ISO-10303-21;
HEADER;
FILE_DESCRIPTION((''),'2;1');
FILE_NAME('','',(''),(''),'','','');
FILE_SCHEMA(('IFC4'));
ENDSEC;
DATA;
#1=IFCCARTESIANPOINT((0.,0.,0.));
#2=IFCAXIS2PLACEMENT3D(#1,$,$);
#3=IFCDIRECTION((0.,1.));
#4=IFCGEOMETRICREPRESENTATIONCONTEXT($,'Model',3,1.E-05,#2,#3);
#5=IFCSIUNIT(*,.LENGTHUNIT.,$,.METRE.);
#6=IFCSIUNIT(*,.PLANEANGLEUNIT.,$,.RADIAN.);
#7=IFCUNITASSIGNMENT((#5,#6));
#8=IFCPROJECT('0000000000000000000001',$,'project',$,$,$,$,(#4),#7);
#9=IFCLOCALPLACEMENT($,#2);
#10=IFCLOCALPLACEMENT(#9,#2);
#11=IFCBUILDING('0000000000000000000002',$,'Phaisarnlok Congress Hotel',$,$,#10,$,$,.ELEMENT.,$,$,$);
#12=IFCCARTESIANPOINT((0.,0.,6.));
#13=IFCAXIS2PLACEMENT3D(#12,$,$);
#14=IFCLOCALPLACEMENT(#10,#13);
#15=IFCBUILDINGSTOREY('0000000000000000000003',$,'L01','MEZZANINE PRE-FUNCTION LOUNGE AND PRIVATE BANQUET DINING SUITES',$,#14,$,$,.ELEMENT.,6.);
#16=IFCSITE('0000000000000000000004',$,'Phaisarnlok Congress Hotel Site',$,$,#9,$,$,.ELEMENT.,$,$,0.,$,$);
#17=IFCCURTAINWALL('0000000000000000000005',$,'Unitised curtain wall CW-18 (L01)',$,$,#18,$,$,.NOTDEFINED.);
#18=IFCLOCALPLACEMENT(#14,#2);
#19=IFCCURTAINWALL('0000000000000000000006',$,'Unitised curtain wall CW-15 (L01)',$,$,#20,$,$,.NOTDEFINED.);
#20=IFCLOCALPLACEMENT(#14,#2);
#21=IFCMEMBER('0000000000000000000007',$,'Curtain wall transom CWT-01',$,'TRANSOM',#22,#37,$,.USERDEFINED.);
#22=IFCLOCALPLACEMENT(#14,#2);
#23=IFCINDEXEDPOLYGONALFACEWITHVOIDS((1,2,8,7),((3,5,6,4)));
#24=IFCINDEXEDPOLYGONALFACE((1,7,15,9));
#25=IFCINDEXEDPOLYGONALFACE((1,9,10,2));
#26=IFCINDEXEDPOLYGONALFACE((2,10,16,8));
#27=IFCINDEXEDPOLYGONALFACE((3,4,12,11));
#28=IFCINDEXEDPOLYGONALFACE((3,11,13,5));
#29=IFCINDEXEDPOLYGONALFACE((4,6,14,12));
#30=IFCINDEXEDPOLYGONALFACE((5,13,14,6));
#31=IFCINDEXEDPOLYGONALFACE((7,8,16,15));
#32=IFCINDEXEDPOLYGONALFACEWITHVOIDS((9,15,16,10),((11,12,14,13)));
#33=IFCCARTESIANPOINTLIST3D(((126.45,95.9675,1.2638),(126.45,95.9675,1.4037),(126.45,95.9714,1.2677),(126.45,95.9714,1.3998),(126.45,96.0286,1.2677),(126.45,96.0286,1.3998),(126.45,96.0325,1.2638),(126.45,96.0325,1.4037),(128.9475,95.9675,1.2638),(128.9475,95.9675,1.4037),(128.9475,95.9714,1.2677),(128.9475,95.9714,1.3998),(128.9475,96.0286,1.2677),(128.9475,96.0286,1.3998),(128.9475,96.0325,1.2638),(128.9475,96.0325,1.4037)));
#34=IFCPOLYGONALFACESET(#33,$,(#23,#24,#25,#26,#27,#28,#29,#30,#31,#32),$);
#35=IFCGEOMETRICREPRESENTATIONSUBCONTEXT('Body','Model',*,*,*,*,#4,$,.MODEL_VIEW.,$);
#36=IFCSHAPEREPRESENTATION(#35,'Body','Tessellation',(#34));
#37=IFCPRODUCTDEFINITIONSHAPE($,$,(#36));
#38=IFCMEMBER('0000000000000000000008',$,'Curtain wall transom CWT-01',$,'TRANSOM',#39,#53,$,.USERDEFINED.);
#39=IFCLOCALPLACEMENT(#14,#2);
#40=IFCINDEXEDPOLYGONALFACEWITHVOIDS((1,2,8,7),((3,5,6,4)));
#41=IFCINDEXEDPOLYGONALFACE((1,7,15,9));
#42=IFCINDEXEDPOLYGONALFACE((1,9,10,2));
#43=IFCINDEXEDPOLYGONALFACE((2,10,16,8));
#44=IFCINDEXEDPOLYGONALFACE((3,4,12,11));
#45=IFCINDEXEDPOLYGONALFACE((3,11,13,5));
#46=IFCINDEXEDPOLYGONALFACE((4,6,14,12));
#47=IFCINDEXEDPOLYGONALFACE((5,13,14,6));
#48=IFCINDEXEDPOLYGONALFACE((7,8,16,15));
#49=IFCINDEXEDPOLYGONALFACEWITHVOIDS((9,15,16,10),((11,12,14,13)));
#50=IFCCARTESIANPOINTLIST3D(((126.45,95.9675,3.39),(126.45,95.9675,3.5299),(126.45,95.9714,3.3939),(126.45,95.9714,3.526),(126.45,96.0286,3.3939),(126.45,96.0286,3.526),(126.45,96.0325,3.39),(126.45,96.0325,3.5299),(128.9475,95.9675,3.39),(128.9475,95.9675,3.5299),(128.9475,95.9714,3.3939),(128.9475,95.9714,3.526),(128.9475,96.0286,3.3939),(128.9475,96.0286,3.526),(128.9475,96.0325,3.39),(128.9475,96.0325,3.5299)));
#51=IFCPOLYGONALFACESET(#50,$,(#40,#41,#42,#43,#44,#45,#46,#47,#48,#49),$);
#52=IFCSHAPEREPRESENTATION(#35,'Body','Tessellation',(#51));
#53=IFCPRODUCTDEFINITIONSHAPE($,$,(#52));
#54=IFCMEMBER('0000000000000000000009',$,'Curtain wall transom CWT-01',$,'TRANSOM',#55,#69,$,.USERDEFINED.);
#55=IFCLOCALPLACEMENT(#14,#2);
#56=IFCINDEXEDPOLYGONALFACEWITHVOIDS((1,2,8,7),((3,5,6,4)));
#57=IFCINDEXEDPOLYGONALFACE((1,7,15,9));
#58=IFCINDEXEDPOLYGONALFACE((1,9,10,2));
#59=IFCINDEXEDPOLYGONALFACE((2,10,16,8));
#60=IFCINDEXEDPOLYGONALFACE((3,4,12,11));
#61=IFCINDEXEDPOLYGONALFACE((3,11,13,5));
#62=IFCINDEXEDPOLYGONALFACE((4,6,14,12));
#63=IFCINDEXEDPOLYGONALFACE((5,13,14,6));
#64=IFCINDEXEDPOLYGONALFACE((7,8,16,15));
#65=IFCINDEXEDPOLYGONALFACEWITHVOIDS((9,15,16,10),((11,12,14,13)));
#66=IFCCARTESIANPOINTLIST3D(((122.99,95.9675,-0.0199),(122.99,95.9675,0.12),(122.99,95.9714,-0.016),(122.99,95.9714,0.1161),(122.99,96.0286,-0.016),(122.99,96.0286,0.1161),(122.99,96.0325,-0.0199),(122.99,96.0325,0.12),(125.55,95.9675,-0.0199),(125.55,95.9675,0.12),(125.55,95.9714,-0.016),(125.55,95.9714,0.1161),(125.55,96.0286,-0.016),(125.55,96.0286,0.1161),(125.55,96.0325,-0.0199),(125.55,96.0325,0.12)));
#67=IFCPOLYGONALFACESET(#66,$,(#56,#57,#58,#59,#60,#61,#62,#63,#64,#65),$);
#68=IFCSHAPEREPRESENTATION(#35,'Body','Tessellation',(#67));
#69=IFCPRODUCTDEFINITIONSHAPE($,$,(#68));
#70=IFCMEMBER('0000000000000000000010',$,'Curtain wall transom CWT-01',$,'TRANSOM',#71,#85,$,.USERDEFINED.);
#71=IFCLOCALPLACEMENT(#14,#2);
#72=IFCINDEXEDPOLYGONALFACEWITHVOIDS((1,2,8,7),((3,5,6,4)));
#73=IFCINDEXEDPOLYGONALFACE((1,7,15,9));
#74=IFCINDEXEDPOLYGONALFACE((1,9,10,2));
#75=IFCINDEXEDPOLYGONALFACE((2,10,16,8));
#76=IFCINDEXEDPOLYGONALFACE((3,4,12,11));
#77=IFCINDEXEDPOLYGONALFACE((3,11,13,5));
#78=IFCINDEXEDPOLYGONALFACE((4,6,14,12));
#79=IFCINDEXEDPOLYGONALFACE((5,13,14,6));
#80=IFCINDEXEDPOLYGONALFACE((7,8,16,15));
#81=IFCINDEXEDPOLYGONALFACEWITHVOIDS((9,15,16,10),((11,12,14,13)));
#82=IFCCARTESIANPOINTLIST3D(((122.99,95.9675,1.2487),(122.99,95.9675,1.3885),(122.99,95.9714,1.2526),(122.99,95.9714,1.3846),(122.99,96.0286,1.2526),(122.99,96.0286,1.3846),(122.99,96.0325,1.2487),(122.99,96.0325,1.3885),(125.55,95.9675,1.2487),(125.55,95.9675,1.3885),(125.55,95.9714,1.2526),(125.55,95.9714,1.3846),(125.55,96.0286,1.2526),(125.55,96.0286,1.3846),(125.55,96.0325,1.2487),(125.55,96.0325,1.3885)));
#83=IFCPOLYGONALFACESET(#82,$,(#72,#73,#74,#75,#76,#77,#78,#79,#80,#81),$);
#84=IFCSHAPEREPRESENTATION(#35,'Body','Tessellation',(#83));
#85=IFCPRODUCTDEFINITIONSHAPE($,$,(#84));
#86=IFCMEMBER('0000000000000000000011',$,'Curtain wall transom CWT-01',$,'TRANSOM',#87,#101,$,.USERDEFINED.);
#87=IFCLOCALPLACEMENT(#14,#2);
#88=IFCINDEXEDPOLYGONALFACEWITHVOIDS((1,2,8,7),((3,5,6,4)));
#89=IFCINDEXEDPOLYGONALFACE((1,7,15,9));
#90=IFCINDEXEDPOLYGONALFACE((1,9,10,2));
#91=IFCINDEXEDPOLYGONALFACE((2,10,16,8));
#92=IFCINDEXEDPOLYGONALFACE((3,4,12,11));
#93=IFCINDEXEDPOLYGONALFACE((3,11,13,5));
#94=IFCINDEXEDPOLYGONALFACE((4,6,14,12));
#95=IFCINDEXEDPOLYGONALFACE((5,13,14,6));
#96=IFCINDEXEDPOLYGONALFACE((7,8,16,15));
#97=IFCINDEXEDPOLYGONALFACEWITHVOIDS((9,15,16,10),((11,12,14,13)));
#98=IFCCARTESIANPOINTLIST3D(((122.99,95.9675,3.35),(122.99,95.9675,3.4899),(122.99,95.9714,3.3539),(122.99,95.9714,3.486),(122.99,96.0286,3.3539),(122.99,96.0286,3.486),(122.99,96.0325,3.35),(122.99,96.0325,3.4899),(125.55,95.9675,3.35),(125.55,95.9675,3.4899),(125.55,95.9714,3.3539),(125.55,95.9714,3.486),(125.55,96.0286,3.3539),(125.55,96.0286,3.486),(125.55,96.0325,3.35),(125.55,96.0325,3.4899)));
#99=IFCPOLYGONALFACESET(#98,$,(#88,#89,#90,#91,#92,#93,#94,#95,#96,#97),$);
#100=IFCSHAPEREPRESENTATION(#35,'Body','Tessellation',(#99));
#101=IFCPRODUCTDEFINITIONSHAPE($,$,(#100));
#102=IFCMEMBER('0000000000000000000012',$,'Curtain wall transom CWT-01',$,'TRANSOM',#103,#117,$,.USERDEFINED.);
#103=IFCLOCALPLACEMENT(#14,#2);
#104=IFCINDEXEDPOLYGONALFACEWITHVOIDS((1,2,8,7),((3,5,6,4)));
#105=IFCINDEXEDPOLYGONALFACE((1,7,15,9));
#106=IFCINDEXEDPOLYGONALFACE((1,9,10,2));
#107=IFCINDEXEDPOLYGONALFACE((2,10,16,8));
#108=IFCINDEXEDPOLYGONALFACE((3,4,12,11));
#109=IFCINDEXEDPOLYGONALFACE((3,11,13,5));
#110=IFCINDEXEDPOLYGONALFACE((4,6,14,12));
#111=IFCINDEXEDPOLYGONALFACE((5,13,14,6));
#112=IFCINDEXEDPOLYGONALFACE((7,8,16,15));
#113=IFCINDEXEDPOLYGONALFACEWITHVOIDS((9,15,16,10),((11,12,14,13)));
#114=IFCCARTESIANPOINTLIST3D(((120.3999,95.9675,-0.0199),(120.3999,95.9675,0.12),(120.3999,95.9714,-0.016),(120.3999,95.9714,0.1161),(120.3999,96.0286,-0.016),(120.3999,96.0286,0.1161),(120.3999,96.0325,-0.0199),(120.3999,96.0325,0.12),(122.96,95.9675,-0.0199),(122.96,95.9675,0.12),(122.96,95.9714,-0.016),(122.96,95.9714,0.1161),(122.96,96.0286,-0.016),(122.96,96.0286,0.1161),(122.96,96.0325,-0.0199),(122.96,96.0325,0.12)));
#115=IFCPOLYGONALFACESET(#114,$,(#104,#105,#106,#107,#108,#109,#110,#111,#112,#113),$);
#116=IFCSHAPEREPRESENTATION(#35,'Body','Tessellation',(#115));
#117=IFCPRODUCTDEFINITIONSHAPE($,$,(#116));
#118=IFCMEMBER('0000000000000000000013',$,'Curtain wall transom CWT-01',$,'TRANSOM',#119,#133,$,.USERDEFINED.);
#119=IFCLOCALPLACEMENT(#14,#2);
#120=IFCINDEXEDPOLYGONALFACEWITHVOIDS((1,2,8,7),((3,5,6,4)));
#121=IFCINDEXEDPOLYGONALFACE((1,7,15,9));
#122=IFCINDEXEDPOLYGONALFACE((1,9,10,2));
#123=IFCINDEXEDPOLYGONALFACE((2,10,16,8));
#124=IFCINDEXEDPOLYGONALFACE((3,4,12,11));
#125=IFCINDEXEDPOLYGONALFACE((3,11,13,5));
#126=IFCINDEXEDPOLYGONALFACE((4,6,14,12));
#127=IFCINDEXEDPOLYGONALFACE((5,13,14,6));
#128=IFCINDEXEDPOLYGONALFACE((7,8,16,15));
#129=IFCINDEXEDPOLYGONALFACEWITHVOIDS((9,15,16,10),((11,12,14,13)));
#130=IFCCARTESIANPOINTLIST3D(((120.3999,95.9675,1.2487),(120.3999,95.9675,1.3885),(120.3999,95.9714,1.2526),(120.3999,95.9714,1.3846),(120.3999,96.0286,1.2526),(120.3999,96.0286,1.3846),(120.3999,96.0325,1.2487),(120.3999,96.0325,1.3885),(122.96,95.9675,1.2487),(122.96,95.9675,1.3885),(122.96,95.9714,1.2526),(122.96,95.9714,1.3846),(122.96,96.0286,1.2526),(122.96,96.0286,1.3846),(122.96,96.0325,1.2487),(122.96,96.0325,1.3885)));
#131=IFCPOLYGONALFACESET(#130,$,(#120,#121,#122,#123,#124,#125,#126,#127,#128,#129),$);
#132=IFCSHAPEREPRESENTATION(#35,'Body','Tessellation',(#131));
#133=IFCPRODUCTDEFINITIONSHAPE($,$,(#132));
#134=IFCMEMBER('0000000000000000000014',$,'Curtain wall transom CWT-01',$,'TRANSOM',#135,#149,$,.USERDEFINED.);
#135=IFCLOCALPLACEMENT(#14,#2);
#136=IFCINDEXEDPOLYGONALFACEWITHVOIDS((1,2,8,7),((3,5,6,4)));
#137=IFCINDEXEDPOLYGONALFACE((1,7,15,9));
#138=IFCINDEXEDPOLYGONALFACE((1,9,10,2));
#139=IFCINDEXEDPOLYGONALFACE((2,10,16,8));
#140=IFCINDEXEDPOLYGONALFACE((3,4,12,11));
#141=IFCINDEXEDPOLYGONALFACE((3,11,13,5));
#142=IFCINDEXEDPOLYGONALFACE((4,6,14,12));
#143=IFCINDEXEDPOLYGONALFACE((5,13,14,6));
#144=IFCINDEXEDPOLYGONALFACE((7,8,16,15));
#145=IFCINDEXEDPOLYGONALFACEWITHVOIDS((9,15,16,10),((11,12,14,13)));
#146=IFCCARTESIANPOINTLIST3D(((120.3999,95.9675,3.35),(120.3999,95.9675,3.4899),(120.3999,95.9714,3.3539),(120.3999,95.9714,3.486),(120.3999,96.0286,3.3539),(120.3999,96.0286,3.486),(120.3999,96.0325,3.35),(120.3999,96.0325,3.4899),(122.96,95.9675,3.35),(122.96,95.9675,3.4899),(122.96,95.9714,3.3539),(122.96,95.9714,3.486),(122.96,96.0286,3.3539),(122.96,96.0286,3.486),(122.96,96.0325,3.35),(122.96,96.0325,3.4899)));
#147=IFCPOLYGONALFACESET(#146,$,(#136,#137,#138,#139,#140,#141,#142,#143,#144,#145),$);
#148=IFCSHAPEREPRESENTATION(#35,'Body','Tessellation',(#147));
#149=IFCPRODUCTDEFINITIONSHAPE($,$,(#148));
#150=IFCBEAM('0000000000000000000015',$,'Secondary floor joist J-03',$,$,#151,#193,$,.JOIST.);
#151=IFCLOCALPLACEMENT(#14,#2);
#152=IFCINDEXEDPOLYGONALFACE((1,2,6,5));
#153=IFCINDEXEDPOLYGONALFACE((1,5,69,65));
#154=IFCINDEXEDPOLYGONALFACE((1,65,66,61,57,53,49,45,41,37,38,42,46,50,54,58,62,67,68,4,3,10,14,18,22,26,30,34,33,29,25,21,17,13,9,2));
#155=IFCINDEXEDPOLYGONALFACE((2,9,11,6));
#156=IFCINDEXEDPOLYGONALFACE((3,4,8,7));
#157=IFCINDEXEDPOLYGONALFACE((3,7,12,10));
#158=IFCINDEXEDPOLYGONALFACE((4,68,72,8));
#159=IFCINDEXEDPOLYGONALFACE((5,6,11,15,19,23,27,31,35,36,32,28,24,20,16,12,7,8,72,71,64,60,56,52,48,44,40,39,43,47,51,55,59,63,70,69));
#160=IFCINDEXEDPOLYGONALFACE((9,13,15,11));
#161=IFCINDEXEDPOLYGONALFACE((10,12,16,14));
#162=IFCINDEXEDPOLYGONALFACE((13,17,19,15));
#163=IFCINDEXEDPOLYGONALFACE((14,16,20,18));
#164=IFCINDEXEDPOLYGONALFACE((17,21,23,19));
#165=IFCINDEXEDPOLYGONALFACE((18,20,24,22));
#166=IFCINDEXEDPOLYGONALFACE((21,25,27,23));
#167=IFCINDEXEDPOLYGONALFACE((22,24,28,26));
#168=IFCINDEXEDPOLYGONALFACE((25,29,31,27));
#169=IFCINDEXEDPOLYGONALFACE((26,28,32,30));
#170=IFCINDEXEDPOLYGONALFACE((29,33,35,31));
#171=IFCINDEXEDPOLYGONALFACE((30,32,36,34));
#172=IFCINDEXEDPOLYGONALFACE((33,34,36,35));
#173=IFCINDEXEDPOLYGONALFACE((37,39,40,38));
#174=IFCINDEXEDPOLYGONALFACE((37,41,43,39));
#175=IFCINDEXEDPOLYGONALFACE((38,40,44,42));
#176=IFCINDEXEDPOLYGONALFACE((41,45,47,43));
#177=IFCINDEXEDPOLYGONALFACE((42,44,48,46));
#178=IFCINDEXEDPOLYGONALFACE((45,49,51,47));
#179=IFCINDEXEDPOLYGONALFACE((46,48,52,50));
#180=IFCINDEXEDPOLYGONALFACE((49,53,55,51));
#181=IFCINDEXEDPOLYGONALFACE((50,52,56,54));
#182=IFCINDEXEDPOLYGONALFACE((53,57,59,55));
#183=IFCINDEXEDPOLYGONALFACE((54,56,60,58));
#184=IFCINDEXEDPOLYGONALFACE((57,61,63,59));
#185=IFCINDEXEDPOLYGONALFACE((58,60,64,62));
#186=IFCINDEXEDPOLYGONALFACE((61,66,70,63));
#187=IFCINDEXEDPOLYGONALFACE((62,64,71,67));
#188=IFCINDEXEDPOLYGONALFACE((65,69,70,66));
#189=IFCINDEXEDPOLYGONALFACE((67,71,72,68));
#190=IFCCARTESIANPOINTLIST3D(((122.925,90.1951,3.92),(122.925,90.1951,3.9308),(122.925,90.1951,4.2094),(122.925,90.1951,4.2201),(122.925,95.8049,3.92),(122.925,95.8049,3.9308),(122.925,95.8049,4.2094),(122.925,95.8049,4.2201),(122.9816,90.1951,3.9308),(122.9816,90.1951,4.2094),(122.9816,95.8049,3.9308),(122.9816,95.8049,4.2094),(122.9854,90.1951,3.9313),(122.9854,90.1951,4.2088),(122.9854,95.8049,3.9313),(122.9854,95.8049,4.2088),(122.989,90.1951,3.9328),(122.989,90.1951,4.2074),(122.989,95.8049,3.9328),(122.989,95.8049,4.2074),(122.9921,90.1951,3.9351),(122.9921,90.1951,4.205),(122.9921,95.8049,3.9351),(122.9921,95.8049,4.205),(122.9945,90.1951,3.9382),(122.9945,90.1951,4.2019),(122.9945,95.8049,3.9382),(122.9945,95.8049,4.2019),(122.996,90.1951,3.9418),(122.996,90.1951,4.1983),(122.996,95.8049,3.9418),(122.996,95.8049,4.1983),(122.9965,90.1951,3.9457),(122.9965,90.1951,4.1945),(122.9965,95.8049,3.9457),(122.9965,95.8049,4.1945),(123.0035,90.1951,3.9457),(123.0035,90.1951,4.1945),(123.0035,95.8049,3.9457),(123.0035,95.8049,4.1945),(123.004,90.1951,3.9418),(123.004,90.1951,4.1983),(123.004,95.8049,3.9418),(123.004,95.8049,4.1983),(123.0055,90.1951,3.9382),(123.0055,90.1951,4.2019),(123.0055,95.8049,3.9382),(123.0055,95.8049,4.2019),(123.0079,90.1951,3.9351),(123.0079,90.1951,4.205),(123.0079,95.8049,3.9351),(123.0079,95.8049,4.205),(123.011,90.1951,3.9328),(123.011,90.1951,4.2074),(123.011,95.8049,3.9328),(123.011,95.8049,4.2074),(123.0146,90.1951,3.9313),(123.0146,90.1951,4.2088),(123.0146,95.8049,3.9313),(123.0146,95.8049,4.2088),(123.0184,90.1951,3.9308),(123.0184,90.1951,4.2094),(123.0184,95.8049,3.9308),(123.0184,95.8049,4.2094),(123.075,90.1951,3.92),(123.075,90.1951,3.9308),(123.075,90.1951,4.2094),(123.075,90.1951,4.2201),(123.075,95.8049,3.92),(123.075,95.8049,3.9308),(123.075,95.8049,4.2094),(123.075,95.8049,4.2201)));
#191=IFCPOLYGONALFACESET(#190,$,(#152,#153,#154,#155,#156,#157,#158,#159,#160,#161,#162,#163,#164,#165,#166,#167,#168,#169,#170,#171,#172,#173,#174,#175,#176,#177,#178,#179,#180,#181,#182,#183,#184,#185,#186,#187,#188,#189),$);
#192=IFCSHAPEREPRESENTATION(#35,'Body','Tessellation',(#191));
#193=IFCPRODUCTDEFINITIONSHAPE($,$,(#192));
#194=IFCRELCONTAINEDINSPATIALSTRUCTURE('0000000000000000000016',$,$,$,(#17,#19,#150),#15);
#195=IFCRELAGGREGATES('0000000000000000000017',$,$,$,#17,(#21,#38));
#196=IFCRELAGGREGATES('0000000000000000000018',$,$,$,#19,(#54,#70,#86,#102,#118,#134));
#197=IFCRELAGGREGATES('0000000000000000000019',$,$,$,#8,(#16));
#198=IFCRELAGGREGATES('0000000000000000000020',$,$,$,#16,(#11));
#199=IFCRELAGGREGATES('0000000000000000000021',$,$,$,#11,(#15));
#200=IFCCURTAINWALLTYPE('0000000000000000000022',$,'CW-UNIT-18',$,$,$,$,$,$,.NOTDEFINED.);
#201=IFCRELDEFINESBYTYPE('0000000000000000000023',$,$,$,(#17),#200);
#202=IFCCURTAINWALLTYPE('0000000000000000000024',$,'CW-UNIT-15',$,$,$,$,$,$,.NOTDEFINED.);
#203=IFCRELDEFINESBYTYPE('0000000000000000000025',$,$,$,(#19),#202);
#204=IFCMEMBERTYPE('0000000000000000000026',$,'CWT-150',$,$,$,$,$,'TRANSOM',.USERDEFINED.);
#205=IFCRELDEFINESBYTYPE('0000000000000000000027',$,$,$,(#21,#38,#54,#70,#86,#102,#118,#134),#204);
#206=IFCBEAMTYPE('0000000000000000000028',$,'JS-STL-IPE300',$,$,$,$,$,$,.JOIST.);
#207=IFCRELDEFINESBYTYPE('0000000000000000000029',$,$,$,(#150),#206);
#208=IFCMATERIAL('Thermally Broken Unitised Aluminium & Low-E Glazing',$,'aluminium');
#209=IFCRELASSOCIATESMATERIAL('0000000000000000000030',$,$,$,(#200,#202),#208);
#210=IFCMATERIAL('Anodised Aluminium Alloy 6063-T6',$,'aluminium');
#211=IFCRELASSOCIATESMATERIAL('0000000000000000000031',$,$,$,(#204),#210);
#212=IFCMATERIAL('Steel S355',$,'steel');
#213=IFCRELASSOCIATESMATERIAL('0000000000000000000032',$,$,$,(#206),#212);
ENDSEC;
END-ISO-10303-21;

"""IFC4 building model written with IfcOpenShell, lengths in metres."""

from ifc_helpers import new_model, si_unit, direction, frame, origin, origin_2d, place, context, subcontext, project, spatial, hollow_rectangle, i_section, extrude, material, material_profile, profile_set, type_object, element, aggregate, save


model = new_model("IFC4")

# Units and contexts
model_context = context("Model", 3, precision=1e-05, world=origin(), true_north=direction((0.0, 1.0)))
body_context = subcontext(model_context, "Body", "Model", "MODEL_VIEW")
ifc_project = project(units=[si_unit("LENGTHUNIT", "METRE"), si_unit("PLANEANGLEUNIT", "RADIAN")], contexts=[model_context])

# Site, building, storey
site_placement = place(None, origin())
site = spatial("IfcSite", under=ifc_project, at=site_placement, Name="Phaisarnlok Congress Hotel Site", CompositionType="ELEMENT", RefElevation=0.0)
building_placement = place(site_placement, origin())
building = spatial("IfcBuilding", under=site, at=building_placement, Name="Phaisarnlok Congress Hotel", CompositionType="ELEMENT")
storey_placement = place(building_placement, frame((0.0, 0.0, 6.0)))
storey = spatial("IfcBuildingStorey", under=building, at=storey_placement, Name="L01", Description="MEZZANINE PRE-FUNCTION LOUNGE AND PRIVATE BANQUET DINING SUITES", CompositionType="ELEMENT", Elevation=6.0)

# Curtain wall
ifc_material_1 = material(Name="Thermally Broken Unitised Aluminium & Low-E Glazing", Category="aluminium")
curtain_wall_type_1 = type_object("IfcCurtainWallType", Name="CW-UNIT-18", PredefinedType="NOTDEFINED", material=ifc_material_1)
curtain_wall_1_placement = place(storey_placement, origin())
curtain_wall_1 = element("IfcCurtainWall", 1, at=curtain_wall_1_placement, inside=storey, type_object=curtain_wall_type_1, Name="Unitised curtain wall CW-18 (L01)", PredefinedType="NOTDEFINED")
ifc_material_2 = material(Name="Anodised Aluminium Alloy 6063-T6", Category="aluminium")

# Curtain wall
curtain_wall_type_2 = type_object("IfcCurtainWallType", Name="CW-UNIT-15", PredefinedType="NOTDEFINED", material=ifc_material_1)
curtain_wall_2_placement = place(storey_placement, origin())
curtain_wall_2 = element("IfcCurtainWall", 2, at=curtain_wall_2_placement, inside=storey, type_object=curtain_wall_type_2, Name="Unitised curtain wall CW-15 (L01)", PredefinedType="NOTDEFINED")

# Members
ifc_material_profile_1 = material_profile(ifc_material_2, hollow_rectangle(XDim=0.0649, YDim=0.1399, WallThickness=0.0039, at=origin_2d()), Name="ALU-T 65x140x4")
ifc_profile_set_1 = profile_set([ifc_material_profile_1], Name="Anodised Aluminium Alloy 6063-T6")
member_type_1 = type_object("IfcMemberType", Name="CWT-150", ElementType="TRANSOM", PredefinedType="USERDEFINED", material=ifc_profile_set_1)
member_1_placement = place(storey_placement, frame((128.9475, 96.0, 1.3337), z_axis=(-1.0, 0.0, 0.0), x_axis=(0.0, -1.0, 0.0)))
member_1 = element("IfcMember", 3, at=member_1_placement, type_object=member_type_1, Name="Curtain wall transom CWT-01", ObjectType="TRANSOM", PredefinedType="USERDEFINED", context=body_context, shape_type="SweptSolid", body=[
    extrude(hollow_rectangle(XDim=0.0649, YDim=0.1399, WallThickness=0.0039, at=origin_2d()), origin(), (0.0, 0.0, 1.0), 2.4976),
])
member_2_placement = place(storey_placement, frame((128.9475, 96.0, 3.46), z_axis=(-1.0, 0.0, 0.0), x_axis=(0.0, -1.0, 0.0)))
member_2 = element("IfcMember", 4, at=member_2_placement, type_object=member_type_1, Name="Curtain wall transom CWT-01", ObjectType="TRANSOM", PredefinedType="USERDEFINED", context=body_context, shape_type="SweptSolid", body=[
    extrude(hollow_rectangle(XDim=0.0649, YDim=0.1399, WallThickness=0.0039, at=origin_2d()), origin(), (0.0, 0.0, 1.0), 2.4976),
])
aggregate(curtain_wall_1, [member_1, member_2])
member_3_placement = place(storey_placement, frame((125.55, 96.0, 0.05), z_axis=(-1.0, 0.0, 0.0), x_axis=(0.0, -1.0, 0.0)))
member_3 = element("IfcMember", 5, at=member_3_placement, type_object=member_type_1, Name="Curtain wall transom CWT-01", ObjectType="TRANSOM", PredefinedType="USERDEFINED", context=body_context, shape_type="SweptSolid", body=[
    extrude(hollow_rectangle(XDim=0.0649, YDim=0.1399, WallThickness=0.0039, at=origin_2d()), origin(), (0.0, 0.0, 1.0), 2.5601),
])
member_4_placement = place(storey_placement, frame((125.55, 96.0, 1.3186), z_axis=(-1.0, 0.0, 0.0), x_axis=(0.0, -1.0, 0.0)))
member_4 = element("IfcMember", 6, at=member_4_placement, type_object=member_type_1, Name="Curtain wall transom CWT-01", ObjectType="TRANSOM", PredefinedType="USERDEFINED", context=body_context, shape_type="SweptSolid", body=[
    extrude(hollow_rectangle(XDim=0.0649, YDim=0.1399, WallThickness=0.0039, at=origin_2d()), origin(), (0.0, 0.0, 1.0), 2.5601),
])
member_5_placement = place(storey_placement, frame((125.55, 96.0, 3.4199), z_axis=(-1.0, 0.0, 0.0), x_axis=(0.0, -1.0, 0.0)))
member_5 = element("IfcMember", 7, at=member_5_placement, type_object=member_type_1, Name="Curtain wall transom CWT-01", ObjectType="TRANSOM", PredefinedType="USERDEFINED", context=body_context, shape_type="SweptSolid", body=[
    extrude(hollow_rectangle(XDim=0.0649, YDim=0.1399, WallThickness=0.0039, at=origin_2d()), origin(), (0.0, 0.0, 1.0), 2.5601),
])
member_6_placement = place(storey_placement, frame((122.96, 96.0, 0.05), z_axis=(-1.0, 0.0, 0.0), x_axis=(0.0, -1.0, 0.0)))
member_6 = element("IfcMember", 8, at=member_6_placement, type_object=member_type_1, Name="Curtain wall transom CWT-01", ObjectType="TRANSOM", PredefinedType="USERDEFINED", context=body_context, shape_type="SweptSolid", body=[
    extrude(hollow_rectangle(XDim=0.0649, YDim=0.1399, WallThickness=0.0039, at=origin_2d()), origin(), (0.0, 0.0, 1.0), 2.5601),
])
member_7_placement = place(storey_placement, frame((122.96, 96.0, 1.3186), z_axis=(-1.0, 0.0, 0.0), x_axis=(0.0, -1.0, 0.0)))
member_7 = element("IfcMember", 9, at=member_7_placement, type_object=member_type_1, Name="Curtain wall transom CWT-01", ObjectType="TRANSOM", PredefinedType="USERDEFINED", context=body_context, shape_type="SweptSolid", body=[
    extrude(hollow_rectangle(XDim=0.0649, YDim=0.1399, WallThickness=0.0039, at=origin_2d()), origin(), (0.0, 0.0, 1.0), 2.5601),
])
member_8_placement = place(storey_placement, frame((122.96, 96.0, 3.4199), z_axis=(-1.0, 0.0, 0.0), x_axis=(0.0, -1.0, 0.0)))
member_8 = element("IfcMember", 10, at=member_8_placement, type_object=member_type_1, Name="Curtain wall transom CWT-01", ObjectType="TRANSOM", PredefinedType="USERDEFINED", context=body_context, shape_type="SweptSolid", body=[
    extrude(hollow_rectangle(XDim=0.0649, YDim=0.1399, WallThickness=0.0039, at=origin_2d()), origin(), (0.0, 0.0, 1.0), 2.5601),
])

# Beam
ifc_material_3 = material(Name="Steel S355", Category="steel")
ifc_material_profile_2 = material_profile(ifc_material_3, i_section(OverallWidth=0.1499, OverallDepth=0.3, WebThickness=0.0071, FlangeThickness=0.0107, FilletRadius=0.0149, at=origin_2d()), Name="IPE 300")
ifc_profile_set_2 = profile_set([ifc_material_profile_2], Name="Steel S355")
beam_type_1 = type_object("IfcBeamType", Name="JS-STL-IPE300", PredefinedType="JOIST", material=ifc_profile_set_2)
beam_1_placement = place(storey_placement, frame((123.0, 90.1951, 4.0701), z_axis=(0.0, 1.0, 0.0), x_axis=(-1.0, 0.0, 0.0)))
element("IfcBeam", 11, at=beam_1_placement, inside=storey, type_object=beam_type_1, Name="Secondary floor joist J-03", PredefinedType="JOIST", context=body_context, shape_type="SweptSolid", body=[
    extrude(i_section(OverallWidth=0.1499, OverallDepth=0.3, WebThickness=0.0071, FlangeThickness=0.0107, FilletRadius=0.0149, at=origin_2d()), origin(), (0.0, 0.0, 1.0), 5.6099),
])

aggregate(curtain_wall_2, [member_3, member_4, member_5, member_6, member_7, member_8])

save(model, "model.ifc")
